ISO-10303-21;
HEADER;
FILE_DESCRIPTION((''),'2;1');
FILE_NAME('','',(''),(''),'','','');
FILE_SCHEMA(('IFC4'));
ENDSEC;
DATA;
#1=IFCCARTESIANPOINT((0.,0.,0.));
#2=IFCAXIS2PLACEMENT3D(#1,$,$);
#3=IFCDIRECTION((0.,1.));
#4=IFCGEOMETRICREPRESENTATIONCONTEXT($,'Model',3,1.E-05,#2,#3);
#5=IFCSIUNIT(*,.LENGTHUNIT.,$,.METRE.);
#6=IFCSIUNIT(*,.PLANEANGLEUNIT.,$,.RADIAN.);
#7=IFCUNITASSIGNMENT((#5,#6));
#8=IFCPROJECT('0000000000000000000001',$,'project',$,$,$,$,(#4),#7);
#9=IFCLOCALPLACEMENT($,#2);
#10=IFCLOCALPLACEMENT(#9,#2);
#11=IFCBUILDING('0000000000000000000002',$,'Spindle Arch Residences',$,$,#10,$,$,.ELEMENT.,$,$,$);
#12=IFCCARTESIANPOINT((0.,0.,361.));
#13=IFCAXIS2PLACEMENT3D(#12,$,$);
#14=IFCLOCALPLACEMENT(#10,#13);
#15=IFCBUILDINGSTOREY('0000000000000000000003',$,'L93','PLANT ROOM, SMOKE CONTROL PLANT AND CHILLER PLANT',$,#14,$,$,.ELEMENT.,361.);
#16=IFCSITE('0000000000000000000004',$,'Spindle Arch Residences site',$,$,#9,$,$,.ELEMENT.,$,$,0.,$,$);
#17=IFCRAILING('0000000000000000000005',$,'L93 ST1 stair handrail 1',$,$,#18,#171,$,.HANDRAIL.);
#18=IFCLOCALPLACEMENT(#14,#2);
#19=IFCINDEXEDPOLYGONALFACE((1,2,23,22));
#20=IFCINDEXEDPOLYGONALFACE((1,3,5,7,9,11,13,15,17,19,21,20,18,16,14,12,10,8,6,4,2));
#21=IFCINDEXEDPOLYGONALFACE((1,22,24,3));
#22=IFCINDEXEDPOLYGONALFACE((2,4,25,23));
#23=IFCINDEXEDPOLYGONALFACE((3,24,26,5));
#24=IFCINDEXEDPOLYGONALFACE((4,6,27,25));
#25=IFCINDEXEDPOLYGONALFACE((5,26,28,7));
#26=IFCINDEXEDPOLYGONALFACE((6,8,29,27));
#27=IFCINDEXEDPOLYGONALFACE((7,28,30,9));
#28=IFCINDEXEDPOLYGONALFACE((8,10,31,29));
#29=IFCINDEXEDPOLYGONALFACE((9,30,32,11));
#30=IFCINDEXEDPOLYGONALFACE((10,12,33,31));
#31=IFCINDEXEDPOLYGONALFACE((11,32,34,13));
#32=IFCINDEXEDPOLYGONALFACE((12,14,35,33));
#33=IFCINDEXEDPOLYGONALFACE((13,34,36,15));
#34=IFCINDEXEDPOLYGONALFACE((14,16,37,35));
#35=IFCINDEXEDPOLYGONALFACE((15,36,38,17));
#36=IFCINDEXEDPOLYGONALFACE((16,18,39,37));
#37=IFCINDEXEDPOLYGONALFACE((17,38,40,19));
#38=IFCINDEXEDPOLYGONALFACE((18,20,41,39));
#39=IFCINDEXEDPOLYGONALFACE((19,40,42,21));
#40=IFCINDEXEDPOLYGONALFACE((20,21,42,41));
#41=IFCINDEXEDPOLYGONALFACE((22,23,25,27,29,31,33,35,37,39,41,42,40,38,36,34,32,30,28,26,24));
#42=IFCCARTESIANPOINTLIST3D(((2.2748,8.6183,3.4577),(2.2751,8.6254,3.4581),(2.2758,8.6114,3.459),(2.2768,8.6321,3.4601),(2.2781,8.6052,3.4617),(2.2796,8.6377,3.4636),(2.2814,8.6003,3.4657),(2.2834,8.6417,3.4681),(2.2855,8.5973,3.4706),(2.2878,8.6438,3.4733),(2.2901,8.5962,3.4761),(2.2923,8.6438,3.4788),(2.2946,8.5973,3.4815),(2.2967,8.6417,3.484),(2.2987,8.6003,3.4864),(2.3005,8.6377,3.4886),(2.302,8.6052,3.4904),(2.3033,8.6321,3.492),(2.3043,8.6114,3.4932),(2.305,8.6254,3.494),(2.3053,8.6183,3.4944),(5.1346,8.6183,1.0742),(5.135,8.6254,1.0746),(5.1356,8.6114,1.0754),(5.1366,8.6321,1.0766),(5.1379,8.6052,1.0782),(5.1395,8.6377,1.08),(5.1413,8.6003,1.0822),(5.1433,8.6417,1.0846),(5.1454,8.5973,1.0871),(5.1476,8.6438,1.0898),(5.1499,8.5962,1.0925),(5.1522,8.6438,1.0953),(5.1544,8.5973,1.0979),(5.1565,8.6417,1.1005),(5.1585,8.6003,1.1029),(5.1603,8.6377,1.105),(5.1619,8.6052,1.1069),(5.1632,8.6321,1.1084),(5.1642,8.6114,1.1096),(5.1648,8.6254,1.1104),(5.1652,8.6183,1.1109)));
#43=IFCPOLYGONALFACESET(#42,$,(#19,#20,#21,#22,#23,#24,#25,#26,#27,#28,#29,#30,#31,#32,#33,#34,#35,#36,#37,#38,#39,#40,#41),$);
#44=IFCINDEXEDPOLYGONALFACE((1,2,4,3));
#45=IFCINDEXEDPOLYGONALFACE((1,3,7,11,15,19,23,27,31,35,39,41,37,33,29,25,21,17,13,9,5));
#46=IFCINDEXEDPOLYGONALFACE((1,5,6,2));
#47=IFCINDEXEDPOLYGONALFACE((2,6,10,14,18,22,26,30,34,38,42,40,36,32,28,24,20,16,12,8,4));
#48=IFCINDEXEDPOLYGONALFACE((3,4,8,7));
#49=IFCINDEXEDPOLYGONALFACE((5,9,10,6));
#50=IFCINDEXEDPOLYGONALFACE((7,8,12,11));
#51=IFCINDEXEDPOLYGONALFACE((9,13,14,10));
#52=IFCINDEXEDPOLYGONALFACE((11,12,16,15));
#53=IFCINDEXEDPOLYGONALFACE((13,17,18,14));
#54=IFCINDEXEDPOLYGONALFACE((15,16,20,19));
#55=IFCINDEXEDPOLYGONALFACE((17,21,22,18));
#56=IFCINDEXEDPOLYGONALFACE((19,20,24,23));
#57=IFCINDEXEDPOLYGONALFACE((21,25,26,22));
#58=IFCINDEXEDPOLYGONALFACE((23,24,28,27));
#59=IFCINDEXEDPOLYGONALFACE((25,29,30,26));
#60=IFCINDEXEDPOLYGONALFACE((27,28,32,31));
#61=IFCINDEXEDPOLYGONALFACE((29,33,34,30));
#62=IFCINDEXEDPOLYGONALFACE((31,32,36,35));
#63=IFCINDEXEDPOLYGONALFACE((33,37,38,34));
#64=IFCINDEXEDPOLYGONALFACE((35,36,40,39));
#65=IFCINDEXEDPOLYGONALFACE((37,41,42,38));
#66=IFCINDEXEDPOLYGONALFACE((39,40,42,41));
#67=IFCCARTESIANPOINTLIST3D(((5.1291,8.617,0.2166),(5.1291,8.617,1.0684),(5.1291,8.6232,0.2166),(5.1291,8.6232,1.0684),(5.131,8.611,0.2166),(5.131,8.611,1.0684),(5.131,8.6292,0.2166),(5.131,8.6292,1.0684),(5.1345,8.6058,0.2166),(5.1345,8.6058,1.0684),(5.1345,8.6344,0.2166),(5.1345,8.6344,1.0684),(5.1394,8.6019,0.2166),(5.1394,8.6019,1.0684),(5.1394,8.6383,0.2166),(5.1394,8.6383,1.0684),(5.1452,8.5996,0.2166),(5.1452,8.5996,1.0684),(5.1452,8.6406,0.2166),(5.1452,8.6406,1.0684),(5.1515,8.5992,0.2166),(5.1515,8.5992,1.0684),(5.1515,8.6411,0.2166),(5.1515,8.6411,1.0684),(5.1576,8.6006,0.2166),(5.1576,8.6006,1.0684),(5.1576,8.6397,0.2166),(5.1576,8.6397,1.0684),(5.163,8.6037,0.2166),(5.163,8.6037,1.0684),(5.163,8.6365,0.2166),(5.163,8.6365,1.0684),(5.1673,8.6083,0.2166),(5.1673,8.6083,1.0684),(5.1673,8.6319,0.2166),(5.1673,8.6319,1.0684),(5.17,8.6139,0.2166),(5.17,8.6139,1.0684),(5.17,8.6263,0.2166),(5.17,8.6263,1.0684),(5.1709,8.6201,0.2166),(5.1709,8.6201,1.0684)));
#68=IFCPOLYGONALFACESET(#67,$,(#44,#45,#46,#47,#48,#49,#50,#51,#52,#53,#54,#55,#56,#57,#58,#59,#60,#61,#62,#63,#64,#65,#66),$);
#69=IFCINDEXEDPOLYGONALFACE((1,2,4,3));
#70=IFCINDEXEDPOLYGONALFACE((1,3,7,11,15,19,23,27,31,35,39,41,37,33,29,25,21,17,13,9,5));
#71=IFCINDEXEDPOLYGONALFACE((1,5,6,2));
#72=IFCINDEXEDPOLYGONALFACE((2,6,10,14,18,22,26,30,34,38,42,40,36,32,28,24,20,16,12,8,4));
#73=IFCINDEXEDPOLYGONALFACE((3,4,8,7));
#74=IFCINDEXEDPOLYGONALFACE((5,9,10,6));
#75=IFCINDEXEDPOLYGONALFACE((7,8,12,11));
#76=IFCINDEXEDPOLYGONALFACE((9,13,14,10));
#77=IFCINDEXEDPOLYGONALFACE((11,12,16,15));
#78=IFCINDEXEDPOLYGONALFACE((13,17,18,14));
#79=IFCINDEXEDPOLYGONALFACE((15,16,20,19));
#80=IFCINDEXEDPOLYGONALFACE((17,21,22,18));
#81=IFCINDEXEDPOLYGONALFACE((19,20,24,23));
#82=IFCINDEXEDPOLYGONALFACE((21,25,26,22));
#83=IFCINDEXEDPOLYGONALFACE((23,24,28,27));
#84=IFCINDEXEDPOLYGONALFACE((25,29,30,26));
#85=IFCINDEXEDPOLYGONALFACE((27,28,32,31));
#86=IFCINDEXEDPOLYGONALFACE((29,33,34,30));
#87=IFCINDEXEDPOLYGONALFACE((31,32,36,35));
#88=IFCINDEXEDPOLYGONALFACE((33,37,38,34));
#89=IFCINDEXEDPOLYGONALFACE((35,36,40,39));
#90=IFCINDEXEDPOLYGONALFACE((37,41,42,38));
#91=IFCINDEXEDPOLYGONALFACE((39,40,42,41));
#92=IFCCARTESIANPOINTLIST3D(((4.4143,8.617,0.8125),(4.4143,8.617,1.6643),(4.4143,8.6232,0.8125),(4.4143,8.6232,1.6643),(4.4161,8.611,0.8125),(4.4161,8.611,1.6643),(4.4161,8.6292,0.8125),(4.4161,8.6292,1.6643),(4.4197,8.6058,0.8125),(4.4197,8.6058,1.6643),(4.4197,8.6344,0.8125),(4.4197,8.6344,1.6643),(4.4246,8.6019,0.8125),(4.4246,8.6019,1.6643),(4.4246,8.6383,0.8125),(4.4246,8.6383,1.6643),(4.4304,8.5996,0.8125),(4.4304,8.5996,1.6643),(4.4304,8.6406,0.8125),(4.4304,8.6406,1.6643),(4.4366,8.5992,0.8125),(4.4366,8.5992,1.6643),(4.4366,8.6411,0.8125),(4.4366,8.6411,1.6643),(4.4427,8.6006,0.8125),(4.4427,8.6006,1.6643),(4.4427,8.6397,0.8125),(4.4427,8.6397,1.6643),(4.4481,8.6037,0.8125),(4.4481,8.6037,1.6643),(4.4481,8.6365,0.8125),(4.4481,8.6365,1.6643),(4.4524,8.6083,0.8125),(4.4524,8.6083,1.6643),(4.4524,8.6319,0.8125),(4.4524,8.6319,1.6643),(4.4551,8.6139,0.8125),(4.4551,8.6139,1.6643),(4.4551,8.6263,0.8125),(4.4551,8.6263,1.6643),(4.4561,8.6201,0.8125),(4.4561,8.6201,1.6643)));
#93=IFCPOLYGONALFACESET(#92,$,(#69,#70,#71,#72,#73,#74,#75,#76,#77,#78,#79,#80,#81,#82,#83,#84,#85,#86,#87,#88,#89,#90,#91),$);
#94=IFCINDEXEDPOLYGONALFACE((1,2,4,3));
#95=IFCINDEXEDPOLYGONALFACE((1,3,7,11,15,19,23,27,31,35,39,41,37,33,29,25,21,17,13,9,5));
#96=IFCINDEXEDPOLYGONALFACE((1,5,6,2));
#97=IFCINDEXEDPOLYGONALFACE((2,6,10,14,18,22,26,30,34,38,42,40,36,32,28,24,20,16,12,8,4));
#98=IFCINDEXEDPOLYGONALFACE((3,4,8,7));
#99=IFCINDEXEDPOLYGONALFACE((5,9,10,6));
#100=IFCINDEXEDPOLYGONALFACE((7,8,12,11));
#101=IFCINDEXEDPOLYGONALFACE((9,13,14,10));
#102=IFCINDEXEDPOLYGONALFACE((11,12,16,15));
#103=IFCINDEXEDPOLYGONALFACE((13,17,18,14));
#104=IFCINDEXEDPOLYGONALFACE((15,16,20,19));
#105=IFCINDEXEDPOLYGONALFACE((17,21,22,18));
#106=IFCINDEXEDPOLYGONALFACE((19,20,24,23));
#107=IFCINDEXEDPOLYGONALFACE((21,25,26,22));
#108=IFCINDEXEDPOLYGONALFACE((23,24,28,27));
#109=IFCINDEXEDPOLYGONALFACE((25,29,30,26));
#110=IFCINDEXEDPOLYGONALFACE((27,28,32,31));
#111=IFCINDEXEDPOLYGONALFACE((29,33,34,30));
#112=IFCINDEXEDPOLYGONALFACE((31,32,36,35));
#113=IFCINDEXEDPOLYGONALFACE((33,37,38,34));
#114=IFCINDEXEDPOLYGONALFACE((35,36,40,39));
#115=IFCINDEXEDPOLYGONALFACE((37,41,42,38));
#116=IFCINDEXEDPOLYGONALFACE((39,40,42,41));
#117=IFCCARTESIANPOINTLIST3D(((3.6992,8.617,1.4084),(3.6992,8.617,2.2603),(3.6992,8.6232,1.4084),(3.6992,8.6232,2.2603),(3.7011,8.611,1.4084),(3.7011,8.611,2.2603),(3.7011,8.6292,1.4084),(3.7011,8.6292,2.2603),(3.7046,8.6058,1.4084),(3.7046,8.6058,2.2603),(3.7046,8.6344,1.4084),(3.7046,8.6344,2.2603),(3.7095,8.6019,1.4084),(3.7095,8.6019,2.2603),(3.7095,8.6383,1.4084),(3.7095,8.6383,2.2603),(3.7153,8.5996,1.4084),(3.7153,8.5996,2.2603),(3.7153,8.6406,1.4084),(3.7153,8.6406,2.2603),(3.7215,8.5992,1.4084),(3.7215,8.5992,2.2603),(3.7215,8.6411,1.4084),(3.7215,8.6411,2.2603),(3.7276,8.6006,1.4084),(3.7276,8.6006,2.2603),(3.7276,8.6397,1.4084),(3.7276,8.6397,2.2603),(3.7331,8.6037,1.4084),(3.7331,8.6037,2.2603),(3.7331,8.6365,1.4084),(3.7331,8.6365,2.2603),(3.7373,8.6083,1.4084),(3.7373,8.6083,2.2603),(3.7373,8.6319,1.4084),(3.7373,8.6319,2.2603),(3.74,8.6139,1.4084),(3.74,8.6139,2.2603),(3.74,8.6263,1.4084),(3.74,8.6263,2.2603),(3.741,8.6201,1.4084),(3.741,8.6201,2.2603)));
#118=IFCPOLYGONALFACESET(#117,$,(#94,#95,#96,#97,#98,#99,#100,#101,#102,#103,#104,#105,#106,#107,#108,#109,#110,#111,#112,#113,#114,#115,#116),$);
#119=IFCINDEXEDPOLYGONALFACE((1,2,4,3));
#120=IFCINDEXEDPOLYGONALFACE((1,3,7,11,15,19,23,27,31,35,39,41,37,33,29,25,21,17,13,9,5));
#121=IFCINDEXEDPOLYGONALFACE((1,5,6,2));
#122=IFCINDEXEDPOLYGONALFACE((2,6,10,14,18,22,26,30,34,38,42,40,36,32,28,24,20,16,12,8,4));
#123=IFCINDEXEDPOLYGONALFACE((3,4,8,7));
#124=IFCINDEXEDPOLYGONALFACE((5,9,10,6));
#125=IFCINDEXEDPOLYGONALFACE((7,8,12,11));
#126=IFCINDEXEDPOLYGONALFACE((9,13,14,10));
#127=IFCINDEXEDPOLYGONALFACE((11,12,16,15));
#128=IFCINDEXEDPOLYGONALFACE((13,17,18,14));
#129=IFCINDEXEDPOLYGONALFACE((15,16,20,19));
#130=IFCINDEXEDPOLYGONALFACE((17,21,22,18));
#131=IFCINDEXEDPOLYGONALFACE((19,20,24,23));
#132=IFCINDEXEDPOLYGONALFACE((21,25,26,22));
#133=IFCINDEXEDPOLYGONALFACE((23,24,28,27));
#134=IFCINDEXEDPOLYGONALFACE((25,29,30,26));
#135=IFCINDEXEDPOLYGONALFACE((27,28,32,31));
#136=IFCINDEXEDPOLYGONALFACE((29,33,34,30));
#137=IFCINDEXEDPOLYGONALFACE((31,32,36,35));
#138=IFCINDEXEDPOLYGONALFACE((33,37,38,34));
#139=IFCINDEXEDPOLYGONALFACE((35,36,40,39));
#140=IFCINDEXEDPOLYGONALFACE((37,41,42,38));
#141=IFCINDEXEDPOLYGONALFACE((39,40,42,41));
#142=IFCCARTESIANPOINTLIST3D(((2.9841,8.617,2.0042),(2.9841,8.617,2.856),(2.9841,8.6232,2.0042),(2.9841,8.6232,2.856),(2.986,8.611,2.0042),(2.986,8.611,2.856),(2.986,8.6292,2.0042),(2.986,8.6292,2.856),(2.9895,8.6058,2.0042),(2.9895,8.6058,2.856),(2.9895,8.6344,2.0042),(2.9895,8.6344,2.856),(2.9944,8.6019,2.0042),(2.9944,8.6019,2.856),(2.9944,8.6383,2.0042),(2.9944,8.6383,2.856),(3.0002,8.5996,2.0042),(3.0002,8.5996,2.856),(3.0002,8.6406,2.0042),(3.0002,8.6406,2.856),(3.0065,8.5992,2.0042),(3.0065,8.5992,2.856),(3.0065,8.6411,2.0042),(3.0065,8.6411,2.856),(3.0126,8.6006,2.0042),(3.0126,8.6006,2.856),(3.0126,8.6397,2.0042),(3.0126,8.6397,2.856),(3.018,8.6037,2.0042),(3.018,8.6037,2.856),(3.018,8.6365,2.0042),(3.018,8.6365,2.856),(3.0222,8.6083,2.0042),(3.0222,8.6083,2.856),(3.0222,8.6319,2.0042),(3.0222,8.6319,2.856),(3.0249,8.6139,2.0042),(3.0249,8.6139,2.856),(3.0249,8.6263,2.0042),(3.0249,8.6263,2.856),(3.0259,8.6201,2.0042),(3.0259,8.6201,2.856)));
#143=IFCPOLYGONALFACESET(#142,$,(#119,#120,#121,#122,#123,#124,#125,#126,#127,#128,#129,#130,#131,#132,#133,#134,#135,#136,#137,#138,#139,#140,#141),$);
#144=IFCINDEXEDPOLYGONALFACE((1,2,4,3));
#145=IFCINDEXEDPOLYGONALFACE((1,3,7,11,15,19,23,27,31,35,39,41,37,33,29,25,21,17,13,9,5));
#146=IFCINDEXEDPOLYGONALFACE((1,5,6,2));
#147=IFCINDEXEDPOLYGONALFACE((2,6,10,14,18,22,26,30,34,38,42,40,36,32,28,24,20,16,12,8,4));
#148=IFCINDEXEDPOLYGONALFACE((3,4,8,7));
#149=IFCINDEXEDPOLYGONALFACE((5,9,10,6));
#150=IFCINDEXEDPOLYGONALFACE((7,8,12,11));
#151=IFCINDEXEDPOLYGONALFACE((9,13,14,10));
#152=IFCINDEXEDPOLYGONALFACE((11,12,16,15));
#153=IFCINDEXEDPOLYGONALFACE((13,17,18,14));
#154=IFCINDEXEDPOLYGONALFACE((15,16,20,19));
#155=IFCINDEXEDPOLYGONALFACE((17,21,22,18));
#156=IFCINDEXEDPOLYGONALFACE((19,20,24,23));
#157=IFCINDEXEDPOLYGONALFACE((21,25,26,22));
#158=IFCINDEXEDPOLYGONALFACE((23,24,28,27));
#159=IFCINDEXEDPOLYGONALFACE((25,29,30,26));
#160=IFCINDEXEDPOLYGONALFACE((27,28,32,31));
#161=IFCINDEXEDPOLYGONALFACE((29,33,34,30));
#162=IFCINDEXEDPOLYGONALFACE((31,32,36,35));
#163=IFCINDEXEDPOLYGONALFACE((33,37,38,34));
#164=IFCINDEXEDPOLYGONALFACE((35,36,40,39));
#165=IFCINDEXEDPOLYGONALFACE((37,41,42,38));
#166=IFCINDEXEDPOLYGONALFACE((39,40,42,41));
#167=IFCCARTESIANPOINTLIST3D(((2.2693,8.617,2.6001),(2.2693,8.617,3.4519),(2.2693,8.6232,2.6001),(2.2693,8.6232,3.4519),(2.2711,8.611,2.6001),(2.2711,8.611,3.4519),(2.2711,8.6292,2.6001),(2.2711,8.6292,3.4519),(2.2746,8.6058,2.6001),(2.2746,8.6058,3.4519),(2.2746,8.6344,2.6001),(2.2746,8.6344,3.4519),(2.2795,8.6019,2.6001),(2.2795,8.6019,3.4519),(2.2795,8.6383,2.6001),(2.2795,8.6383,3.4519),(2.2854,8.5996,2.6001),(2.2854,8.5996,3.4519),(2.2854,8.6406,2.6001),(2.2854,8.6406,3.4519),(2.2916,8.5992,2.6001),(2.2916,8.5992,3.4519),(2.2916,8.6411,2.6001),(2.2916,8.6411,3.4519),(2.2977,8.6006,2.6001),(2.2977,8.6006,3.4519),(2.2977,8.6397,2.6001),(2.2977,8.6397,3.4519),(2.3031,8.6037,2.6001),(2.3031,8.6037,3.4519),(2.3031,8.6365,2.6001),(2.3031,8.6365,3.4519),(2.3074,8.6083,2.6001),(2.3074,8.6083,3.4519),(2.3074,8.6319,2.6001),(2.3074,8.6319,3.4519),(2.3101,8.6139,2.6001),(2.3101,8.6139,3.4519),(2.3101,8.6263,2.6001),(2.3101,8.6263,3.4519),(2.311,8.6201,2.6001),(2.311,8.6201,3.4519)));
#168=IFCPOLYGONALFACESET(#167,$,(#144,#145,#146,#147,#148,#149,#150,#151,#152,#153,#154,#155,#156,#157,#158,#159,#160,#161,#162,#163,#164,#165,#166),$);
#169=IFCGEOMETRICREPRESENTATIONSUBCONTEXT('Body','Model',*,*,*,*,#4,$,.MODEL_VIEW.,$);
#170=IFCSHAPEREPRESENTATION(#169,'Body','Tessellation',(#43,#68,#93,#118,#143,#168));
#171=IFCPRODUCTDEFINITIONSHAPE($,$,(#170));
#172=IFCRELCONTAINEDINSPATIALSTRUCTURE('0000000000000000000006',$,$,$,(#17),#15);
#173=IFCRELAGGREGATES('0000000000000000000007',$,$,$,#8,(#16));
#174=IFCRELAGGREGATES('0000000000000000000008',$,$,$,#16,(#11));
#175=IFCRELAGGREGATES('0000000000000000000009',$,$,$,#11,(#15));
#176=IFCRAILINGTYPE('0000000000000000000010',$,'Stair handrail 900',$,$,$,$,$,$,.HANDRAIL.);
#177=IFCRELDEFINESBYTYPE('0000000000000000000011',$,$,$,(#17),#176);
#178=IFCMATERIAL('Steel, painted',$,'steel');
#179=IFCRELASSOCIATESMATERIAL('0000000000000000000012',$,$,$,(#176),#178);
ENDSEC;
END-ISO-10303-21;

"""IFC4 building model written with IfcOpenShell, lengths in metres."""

from ifc_helpers import new_model, si_unit, direction, frame, origin, origin_2d, place, context, subcontext, project, spatial, circle, extrude, material, type_object, element, save


model = new_model("IFC4")

# Units and contexts
model_context = context("Model", 3, precision=1e-05, world=origin(), true_north=direction((0.0, 1.0)))
body_context = subcontext(model_context, "Body", "Model", "MODEL_VIEW")
ifc_project = project(units=[si_unit("LENGTHUNIT", "METRE"), si_unit("PLANEANGLEUNIT", "RADIAN")], contexts=[model_context])

# Site, building, storey
site_placement = place(None, origin())
site = spatial("IfcSite", under=ifc_project, at=site_placement, Name="Spindle Arch Residences site", CompositionType="ELEMENT", RefElevation=0.0)
building_placement = place(site_placement, origin())
building = spatial("IfcBuilding", under=site, at=building_placement, Name="Spindle Arch Residences", CompositionType="ELEMENT")
storey_placement = place(building_placement, frame((0.0, 0.0, 361.0)))
storey = spatial("IfcBuildingStorey", under=building, at=storey_placement, Name="L93", Description="PLANT ROOM, SMOKE CONTROL PLANT AND CHILLER PLANT", CompositionType="ELEMENT", Elevation=361.0)

# Railing
ifc_material_1 = material(Name="Steel, painted", Category="steel")
railing_type_1 = type_object("IfcRailingType", Name="Stair handrail 900", PredefinedType="HANDRAIL", material=ifc_material_1)
railing_1_placement = place(storey_placement, frame((5.1499, 8.6201, 0.2166)))
element("IfcRailing", 1, at=railing_1_placement, inside=storey, type_object=railing_type_1, Name="L93 ST1 stair handrail 1", PredefinedType="HANDRAIL", context=body_context, shape_type="SweptSolid", body=[
    extrude(circle(Radius=0.0239, at=origin_2d()), frame((0.0, 0.0, 0.876), z_axis=(-0.768178, 0.0, 0.640236), x_axis=(0.0, -1.0, 0.0)), (0.0, 0.0, 1.0), 3.7229),
    extrude(circle(Radius=0.021, at=origin_2d()), origin(), (0.0, 0.0, 1.0), 0.8518),
    extrude(circle(Radius=0.021, at=origin_2d()), frame((-0.7148, 0.0, 0.5959)), (0.0, 0.0, 1.0), 0.8518),
    extrude(circle(Radius=0.021, at=origin_2d()), frame((-1.4299, 0.0, 1.1919)), (0.0, 0.0, 1.0), 0.8518),
    extrude(circle(Radius=0.021, at=origin_2d()), frame((-2.145, 0.0, 1.7876)), (0.0, 0.0, 1.0), 0.8518),
    extrude(circle(Radius=0.021, at=origin_2d()), frame((-2.8599, 0.0, 2.3835)), (0.0, 0.0, 1.0), 0.8518),
])

save(model, "model.ifc")
